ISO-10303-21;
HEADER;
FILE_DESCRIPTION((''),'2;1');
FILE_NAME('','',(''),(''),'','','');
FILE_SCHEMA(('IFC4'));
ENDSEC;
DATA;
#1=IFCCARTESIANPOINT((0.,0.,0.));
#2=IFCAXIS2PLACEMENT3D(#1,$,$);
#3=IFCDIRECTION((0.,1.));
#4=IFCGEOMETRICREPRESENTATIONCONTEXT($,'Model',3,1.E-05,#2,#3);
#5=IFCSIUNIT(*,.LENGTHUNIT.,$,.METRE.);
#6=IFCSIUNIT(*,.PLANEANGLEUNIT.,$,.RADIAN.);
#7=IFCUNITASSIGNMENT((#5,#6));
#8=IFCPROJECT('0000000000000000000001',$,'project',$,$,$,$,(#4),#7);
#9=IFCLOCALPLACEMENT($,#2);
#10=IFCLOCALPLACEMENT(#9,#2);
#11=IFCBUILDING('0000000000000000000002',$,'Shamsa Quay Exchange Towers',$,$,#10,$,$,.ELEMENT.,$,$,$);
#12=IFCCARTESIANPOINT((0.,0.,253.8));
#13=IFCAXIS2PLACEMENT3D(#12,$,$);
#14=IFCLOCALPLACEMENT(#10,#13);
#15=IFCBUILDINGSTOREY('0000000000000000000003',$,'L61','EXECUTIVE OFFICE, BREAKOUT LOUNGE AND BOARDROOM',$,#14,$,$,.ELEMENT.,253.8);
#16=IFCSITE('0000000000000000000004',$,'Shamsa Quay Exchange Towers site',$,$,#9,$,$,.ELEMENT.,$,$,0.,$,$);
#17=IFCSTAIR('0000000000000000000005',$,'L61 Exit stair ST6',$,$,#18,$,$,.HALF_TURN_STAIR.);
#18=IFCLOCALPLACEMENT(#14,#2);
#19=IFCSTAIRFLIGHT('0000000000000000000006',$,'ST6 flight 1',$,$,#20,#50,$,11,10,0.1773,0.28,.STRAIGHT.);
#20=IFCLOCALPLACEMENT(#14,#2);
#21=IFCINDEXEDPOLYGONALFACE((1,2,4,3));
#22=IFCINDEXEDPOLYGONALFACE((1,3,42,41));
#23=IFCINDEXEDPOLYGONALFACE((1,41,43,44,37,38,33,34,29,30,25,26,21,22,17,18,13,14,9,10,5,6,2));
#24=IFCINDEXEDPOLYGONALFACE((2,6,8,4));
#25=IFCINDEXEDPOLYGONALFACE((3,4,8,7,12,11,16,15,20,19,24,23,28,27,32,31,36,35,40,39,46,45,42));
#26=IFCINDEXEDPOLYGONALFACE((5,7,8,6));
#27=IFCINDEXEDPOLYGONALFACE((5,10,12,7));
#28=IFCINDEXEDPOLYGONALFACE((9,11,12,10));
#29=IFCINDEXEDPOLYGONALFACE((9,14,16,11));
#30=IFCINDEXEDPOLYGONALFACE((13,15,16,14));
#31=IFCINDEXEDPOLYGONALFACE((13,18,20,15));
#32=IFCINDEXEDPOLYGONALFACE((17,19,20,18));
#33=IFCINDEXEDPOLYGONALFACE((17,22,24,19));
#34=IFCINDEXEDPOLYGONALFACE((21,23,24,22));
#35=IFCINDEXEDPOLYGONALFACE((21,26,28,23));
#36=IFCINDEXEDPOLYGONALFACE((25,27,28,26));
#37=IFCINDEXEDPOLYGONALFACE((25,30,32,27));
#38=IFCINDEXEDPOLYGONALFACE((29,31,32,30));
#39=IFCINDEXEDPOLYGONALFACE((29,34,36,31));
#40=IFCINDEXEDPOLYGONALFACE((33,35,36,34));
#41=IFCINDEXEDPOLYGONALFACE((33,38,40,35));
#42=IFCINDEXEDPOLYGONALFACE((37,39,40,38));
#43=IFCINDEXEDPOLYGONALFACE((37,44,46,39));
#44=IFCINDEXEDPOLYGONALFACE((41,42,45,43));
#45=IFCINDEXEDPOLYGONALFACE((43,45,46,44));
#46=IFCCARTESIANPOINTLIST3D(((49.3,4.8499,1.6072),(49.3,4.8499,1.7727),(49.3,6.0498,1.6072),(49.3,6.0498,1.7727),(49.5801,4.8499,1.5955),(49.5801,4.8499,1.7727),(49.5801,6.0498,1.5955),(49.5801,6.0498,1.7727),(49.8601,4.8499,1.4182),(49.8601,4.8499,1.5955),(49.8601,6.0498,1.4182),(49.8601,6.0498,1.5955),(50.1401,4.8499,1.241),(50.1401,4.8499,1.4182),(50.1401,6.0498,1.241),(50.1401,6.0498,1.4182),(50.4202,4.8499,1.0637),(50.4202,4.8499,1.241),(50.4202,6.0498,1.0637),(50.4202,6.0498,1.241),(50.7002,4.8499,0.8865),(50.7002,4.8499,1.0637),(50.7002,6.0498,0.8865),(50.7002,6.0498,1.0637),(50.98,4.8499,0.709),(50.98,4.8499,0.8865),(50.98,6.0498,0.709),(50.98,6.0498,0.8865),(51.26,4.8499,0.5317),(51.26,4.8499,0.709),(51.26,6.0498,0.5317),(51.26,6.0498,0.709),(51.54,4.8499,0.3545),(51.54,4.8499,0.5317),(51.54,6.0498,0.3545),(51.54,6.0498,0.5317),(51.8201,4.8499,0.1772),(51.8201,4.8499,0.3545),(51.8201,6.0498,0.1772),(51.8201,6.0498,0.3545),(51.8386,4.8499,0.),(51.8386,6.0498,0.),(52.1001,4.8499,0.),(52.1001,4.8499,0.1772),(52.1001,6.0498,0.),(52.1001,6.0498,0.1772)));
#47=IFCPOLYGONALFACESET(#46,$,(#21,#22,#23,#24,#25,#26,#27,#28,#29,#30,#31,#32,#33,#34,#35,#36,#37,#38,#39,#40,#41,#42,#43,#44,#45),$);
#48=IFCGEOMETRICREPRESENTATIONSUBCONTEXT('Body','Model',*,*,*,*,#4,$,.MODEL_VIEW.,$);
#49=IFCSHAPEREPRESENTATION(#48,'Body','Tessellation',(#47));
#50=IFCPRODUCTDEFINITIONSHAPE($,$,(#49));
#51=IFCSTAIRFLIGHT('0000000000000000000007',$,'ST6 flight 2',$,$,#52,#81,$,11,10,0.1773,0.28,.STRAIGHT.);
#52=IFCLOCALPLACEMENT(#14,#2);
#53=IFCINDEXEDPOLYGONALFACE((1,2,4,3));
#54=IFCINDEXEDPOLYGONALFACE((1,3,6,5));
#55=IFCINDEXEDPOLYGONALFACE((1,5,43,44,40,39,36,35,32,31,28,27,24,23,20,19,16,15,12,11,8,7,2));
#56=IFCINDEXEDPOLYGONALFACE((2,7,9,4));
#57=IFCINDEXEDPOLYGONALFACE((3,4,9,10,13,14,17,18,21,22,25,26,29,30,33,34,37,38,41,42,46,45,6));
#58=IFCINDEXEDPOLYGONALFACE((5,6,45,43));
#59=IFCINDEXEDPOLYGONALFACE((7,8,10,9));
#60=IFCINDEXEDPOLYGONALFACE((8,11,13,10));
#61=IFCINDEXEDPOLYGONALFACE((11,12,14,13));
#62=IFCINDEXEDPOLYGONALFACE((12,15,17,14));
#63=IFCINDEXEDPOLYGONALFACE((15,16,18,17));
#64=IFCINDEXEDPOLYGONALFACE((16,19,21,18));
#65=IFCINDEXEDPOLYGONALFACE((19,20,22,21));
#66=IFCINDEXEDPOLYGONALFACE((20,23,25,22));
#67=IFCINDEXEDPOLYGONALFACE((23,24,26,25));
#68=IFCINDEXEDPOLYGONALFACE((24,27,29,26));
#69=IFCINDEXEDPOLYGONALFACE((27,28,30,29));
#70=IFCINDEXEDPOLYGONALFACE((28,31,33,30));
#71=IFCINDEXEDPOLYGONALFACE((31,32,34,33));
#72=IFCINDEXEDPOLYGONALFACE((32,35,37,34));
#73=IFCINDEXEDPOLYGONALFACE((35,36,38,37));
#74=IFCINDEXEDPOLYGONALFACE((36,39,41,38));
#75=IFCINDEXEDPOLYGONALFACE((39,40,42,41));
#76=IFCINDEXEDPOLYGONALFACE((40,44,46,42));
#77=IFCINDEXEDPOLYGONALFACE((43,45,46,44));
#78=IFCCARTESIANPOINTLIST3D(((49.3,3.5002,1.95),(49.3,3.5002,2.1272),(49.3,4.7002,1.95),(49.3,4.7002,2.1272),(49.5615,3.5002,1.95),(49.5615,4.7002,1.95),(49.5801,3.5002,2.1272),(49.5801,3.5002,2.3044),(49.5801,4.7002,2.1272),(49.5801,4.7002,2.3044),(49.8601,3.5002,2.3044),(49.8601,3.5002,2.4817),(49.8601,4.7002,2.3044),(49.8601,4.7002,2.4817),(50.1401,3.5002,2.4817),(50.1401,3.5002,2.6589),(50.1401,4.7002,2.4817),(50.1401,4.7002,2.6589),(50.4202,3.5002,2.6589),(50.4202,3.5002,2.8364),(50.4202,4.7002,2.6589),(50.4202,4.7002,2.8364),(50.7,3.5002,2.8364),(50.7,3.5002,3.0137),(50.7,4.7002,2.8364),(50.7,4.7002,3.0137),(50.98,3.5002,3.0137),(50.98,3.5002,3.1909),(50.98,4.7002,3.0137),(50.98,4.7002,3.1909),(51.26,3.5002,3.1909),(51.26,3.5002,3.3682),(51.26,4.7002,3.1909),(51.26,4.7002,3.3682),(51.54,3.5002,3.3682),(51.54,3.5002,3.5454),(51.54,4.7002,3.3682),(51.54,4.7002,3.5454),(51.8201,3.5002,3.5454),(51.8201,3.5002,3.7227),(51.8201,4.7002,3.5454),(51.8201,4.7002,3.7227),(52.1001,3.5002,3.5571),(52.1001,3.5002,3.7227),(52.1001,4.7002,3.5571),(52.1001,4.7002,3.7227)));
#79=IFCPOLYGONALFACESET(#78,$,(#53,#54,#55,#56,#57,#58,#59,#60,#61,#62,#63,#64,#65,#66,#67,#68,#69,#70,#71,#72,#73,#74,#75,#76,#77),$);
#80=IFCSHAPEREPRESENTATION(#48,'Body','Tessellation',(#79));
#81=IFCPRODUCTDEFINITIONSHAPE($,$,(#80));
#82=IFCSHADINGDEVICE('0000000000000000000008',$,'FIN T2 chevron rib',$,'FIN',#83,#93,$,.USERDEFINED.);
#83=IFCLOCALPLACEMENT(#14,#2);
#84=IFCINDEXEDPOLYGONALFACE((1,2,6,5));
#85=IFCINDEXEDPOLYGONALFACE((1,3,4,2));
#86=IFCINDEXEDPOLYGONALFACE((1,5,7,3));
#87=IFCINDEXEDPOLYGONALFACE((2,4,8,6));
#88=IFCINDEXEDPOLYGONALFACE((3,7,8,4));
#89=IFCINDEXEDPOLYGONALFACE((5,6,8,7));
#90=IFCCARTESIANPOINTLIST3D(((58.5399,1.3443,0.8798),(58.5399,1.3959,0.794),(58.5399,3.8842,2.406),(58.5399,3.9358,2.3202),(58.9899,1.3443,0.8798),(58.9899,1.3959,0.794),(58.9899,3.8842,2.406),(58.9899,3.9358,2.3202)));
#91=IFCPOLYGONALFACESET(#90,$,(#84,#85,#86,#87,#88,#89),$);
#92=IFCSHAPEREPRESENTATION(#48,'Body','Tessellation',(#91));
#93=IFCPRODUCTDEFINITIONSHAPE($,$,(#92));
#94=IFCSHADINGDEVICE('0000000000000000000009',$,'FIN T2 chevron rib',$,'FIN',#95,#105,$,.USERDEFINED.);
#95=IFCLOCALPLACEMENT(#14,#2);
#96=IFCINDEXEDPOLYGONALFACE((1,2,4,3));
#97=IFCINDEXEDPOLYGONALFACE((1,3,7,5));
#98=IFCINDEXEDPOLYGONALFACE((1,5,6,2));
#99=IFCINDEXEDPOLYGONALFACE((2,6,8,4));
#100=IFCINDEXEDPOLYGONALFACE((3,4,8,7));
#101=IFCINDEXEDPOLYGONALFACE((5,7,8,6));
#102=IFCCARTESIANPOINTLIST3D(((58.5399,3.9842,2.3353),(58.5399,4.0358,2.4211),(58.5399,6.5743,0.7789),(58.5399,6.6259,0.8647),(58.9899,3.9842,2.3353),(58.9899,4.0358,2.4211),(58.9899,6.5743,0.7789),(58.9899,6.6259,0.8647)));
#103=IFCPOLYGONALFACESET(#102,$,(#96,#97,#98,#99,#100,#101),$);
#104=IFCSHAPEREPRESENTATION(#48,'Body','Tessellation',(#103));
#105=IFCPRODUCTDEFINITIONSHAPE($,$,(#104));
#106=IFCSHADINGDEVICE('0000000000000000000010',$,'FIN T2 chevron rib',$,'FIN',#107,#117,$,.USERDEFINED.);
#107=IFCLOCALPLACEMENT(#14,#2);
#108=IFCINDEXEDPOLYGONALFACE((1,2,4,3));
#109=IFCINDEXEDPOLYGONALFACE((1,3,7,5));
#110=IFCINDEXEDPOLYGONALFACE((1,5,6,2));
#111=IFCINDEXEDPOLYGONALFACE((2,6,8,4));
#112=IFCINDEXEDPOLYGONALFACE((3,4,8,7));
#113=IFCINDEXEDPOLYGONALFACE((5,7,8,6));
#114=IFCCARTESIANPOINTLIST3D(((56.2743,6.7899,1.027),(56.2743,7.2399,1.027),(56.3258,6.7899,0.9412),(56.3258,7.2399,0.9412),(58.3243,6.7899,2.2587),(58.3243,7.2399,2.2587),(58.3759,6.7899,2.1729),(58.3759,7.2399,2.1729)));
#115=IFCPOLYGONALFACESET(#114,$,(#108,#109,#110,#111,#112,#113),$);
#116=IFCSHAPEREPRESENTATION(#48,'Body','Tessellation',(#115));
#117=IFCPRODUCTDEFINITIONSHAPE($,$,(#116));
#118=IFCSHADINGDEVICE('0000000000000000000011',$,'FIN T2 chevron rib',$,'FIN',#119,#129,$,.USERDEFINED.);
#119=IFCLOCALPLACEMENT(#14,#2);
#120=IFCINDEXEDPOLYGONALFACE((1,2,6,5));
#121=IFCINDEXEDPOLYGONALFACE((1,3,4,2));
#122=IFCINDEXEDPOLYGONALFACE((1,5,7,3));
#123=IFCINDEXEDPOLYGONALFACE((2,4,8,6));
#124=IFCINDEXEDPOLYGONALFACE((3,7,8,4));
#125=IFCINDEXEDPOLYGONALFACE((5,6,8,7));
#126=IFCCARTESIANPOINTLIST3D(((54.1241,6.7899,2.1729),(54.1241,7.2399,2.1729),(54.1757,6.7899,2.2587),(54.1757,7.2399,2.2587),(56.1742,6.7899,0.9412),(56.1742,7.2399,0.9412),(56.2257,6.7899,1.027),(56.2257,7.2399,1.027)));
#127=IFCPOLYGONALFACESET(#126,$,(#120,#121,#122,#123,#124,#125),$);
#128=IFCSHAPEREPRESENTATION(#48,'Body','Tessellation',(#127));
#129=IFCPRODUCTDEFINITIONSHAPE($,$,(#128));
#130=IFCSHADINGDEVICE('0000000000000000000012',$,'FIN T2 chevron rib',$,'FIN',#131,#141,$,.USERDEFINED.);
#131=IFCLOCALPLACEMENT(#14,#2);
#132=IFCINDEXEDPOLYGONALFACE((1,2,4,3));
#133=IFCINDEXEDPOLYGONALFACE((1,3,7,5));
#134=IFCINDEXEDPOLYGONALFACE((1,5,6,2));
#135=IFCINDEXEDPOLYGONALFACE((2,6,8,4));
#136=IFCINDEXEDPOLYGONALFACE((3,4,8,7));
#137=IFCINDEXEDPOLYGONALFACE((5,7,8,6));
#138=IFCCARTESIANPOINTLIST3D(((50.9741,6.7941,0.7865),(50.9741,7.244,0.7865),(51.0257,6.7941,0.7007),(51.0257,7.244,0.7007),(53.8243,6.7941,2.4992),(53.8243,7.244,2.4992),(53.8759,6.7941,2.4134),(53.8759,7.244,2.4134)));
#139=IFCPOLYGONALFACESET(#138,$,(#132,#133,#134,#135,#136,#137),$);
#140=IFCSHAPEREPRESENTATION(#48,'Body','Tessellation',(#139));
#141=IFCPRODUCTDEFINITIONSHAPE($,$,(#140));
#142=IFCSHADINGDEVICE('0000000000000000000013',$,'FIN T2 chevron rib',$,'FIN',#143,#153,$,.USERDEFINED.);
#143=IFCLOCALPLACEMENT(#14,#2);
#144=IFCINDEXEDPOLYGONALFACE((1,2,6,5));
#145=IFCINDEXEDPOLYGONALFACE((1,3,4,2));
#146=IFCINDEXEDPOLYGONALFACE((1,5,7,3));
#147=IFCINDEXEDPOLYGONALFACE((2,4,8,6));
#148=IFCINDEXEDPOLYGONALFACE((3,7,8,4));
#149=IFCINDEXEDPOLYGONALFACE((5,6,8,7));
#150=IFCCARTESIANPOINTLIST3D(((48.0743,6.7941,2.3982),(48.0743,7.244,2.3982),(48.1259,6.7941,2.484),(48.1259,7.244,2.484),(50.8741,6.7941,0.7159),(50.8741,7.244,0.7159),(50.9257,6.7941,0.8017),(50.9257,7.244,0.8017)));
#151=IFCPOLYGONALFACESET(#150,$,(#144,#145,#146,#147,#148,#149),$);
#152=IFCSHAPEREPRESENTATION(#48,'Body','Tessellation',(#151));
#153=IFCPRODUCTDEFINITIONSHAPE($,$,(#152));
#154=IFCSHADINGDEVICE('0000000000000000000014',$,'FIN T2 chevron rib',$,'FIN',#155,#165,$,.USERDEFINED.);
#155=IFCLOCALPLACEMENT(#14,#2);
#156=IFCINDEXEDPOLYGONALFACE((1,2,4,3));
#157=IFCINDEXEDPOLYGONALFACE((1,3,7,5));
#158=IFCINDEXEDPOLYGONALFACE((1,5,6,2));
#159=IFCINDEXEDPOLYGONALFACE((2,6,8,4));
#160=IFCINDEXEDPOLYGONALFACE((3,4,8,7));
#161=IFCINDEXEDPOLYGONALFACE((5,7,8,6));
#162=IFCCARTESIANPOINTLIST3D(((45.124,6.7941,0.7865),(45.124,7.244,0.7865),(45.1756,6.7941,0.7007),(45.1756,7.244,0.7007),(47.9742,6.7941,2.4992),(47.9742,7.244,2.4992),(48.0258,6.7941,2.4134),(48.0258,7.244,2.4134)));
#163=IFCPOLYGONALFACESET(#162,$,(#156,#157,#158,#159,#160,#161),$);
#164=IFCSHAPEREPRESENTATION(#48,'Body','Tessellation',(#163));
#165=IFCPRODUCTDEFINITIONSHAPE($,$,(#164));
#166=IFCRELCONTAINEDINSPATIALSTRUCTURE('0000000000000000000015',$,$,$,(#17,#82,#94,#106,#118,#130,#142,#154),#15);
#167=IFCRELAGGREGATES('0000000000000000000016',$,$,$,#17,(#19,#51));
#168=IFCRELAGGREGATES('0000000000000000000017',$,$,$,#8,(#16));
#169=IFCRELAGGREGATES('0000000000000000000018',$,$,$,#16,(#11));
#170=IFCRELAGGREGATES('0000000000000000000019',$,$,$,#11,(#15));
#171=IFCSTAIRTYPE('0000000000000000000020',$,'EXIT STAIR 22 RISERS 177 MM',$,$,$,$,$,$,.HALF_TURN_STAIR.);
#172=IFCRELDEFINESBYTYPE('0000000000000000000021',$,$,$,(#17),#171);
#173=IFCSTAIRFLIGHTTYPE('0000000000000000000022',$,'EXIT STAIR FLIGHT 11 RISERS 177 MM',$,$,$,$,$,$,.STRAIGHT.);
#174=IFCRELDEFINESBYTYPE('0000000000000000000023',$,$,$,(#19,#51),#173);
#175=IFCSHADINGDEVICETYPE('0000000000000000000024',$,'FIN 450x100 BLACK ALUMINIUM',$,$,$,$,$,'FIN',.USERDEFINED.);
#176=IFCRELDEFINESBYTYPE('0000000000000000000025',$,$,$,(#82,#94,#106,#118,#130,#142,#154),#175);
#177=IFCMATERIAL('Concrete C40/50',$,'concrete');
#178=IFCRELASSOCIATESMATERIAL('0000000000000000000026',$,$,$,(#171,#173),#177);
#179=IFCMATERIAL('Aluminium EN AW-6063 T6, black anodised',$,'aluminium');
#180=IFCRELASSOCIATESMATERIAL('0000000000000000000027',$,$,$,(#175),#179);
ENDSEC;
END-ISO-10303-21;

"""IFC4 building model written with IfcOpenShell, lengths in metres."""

from ifc_helpers import new_model, si_unit, direction, frame, origin, origin_2d, place, context, subcontext, project, spatial, polyline, rectangle, outline, extrude, material, material_profile, profile_set, type_object, element, aggregate, save


model = new_model("IFC4")

# Units and contexts
model_context = context("Model", 3, precision=1e-05, world=origin(), true_north=direction((0.0, 1.0)))
body_context = subcontext(model_context, "Body", "Model", "MODEL_VIEW")
ifc_project = project(units=[si_unit("LENGTHUNIT", "METRE"), si_unit("PLANEANGLEUNIT", "RADIAN")], contexts=[model_context])

# Site, building, storey
site_placement = place(None, origin())
site = spatial("IfcSite", under=ifc_project, at=site_placement, Name="Shamsa Quay Exchange Towers site", CompositionType="ELEMENT", RefElevation=0.0)
building_placement = place(site_placement, origin())
building = spatial("IfcBuilding", under=site, at=building_placement, Name="Shamsa Quay Exchange Towers", CompositionType="ELEMENT")
storey_placement = place(building_placement, frame((0.0, 0.0, 253.8)))
storey = spatial("IfcBuildingStorey", under=building, at=storey_placement, Name="L61", Description="EXECUTIVE OFFICE, BREAKOUT LOUNGE AND BOARDROOM", CompositionType="ELEMENT", Elevation=253.8)

# Shared definitions
ifc_material_1 = material(Name="Aluminium EN AW-6063 T6, black anodised", Category="aluminium")

# Stair, stair flights
ifc_material_2 = material(Name="Concrete C40/50", Category="concrete")
stair_type = type_object("IfcStairType", Name="EXIT STAIR 22 RISERS 177 MM", PredefinedType="HALF_TURN_STAIR", material=ifc_material_2)
stair_placement = place(storey_placement, origin())
stair = element("IfcStair", 1, at=stair_placement, inside=storey, type_object=stair_type, Name="L61 Exit stair ST6", PredefinedType="HALF_TURN_STAIR")
stair_flight_type = type_object("IfcStairFlightType", Name="EXIT STAIR FLIGHT 11 RISERS 177 MM", PredefinedType="STRAIGHT", material=ifc_material_2)
stair_flight_1_placement = place(storey_placement, frame((52.1001, 5.45, 0.0), z_axis=(0.0, 0.0, 1.0), x_axis=(-1.0, 0.0, 0.0)))
stair_flight_1 = element("IfcStairFlight", 2, at=stair_flight_1_placement, type_object=stair_flight_type, Name="ST6 flight 1", NumberOfRisers=11, NumberOfTreads=10, PredefinedType="STRAIGHT", RiserHeight=0.1773, TreadLength=0.28, context=body_context, shape_type="SweptSolid", body=[
    extrude(outline(polyline([(0.0, 0.0), (0.0, 0.1772), (0.28, 0.1772), (0.28, 0.3545), (0.5601, 0.3545), (0.5601, 0.5317), (0.8401, 0.5317), (0.8401, 0.709), (1.1201, 0.709), (1.1201, 0.8865), (1.3999, 0.8865), (1.3999, 1.0637), (1.6799, 1.0637), (1.6799, 1.241), (1.96, 1.241), (1.96, 1.4182), (2.24, 1.4182), (2.24, 1.5955), (2.52, 1.5955), (2.52, 1.7727), (2.8, 1.7727), (2.8, 1.95), (2.8, 1.6072), (0.2615, 0.0), (0.0, 0.0)])), frame((0.0, 0.6001, 0.0), z_axis=(0.0, -1.0, 0.0), x_axis=(1.0, 0.0, 0.0)), (0.0, 0.0, 1.0), 1.2),
])
stair_flight_2_placement = place(storey_placement, frame((49.3, 4.1001, 1.95)))
stair_flight_2 = element("IfcStairFlight", 3, at=stair_flight_2_placement, type_object=stair_flight_type, Name="ST6 flight 2", NumberOfRisers=11, NumberOfTreads=10, PredefinedType="STRAIGHT", RiserHeight=0.1773, TreadLength=0.28, context=body_context, shape_type="SweptSolid", body=[
    extrude(outline(polyline([(0.0, 0.0), (0.0, 0.1772), (0.28, 0.1772), (0.28, 0.3545), (0.5601, 0.3545), (0.5601, 0.5317), (0.8401, 0.5317), (0.8401, 0.709), (1.1201, 0.709), (1.1201, 0.8865), (1.3999, 0.8865), (1.3999, 1.0637), (1.6799, 1.0637), (1.6799, 1.241), (1.96, 1.241), (1.96, 1.4182), (2.24, 1.4182), (2.24, 1.5955), (2.52, 1.5955), (2.52, 1.7727), (2.8, 1.7727), (2.8, 1.95), (2.8, 1.6072), (0.2615, 0.0), (0.0, 0.0)])), frame((0.0, 0.6001, 0.0), z_axis=(0.0, -1.0, 0.0), x_axis=(1.0, 0.0, 0.0)), (0.0, 0.0, 1.0), 1.2),
])
aggregate(stair, [stair_flight_1, stair_flight_2])

# Shading devices
ifc_material_profile_1 = material_profile(ifc_material_1, rectangle(XDim=0.45, YDim=0.1001, at=origin_2d()), Name="FIN450x100")
ifc_profile_set_1 = profile_set([ifc_material_profile_1], Name="Aluminium EN AW-6063 T6, black anodised")
shading_device_type = type_object("IfcShadingDeviceType", Name="FIN 450x100 BLACK ALUMINIUM", ElementType="FIN", PredefinedType="USERDEFINED", material=ifc_profile_set_1)
shading_device_1_placement = place(storey_placement, frame((58.7649, 1.3701, 0.8369), z_axis=(0.0, 0.857158, 0.515053), x_axis=(-1.0, 0.0, 0.0)))
element("IfcShadingDevice", 4, at=shading_device_1_placement, inside=storey, type_object=shading_device_type, Name="FIN T2 chevron rib", ObjectType="FIN", PredefinedType="USERDEFINED", context=body_context, shape_type="SweptSolid", body=[
    extrude(rectangle(XDim=0.45, YDim=0.1001, at=origin_2d()), origin(), (0.0, 0.0, 1.0), 2.9631),
])
shading_device_2_placement = place(storey_placement, frame((58.7649, 4.01, 2.3782), z_axis=(0.0, 0.857151, -0.515066), x_axis=(-1.0, 0.0, 0.0)))
element("IfcShadingDevice", 5, at=shading_device_2_placement, inside=storey, type_object=shading_device_type, Name="FIN T2 chevron rib", ObjectType="FIN", PredefinedType="USERDEFINED", context=body_context, shape_type="SweptSolid", body=[
    extrude(rectangle(XDim=0.45, YDim=0.1001, at=origin_2d()), origin(), (0.0, 0.0, 1.0), 3.0217),
])
for number, where, z_axis, x_axis, name in (
    (6, (58.3501, 7.0149, 2.2158), (-0.857187, 0.0, -0.515006), (0.0, -1.0, 0.0), "FIN T2 chevron rib"),
    (7, (56.2, 7.0149, 0.9841), (-0.857187, 0.0, 0.515006), (0.0, -1.0, 0.0), "FIN T2 chevron rib"),
):
    element("IfcShadingDevice", number, at=place(storey_placement, frame(where, z_axis=z_axis, x_axis=x_axis)), inside=storey, type_object=shading_device_type, Name=name, ObjectType="FIN", PredefinedType="USERDEFINED", context=body_context, shape_type="SweptSolid", body=[
        extrude(rectangle(XDim=0.45, YDim=0.1001, at=origin_2d()), origin(), (0.0, 0.0, 1.0), 2.3916),
    ])
shading_device_3_placement = place(storey_placement, frame((53.8501, 7.019, 2.4563), z_axis=(-0.857149, 0.0, -0.515068), x_axis=(0.0, -1.0, 0.0)))
element("IfcShadingDevice", 8, at=shading_device_3_placement, inside=storey, type_object=shading_device_type, Name="FIN T2 chevron rib", ObjectType="FIN", PredefinedType="USERDEFINED", context=body_context, shape_type="SweptSolid", body=[
    extrude(rectangle(XDim=0.45, YDim=0.1001, at=origin_2d()), origin(), (0.0, 0.0, 1.0), 3.3252),
])
shading_device_4_placement = place(storey_placement, frame((50.8999, 7.019, 0.7588), z_axis=(-0.857156, 0.0, 0.515056), x_axis=(0.0, -1.0, 0.0)))
element("IfcShadingDevice", 9, at=shading_device_4_placement, inside=storey, type_object=shading_device_type, Name="FIN T2 chevron rib", ObjectType="FIN", PredefinedType="USERDEFINED", context=body_context, shape_type="SweptSolid", body=[
    extrude(rectangle(XDim=0.45, YDim=0.1001, at=origin_2d()), origin(), (0.0, 0.0, 1.0), 3.2664),
])
shading_device_5_placement = place(storey_placement, frame((48.0, 7.019, 2.4563), z_axis=(-0.857149, 0.0, -0.515068), x_axis=(0.0, -1.0, 0.0)))
element("IfcShadingDevice", 10, at=shading_device_5_placement, inside=storey, type_object=shading_device_type, Name="FIN T2 chevron rib", ObjectType="FIN", PredefinedType="USERDEFINED", context=body_context, shape_type="SweptSolid", body=[
    extrude(rectangle(XDim=0.45, YDim=0.1001, at=origin_2d()), origin(), (0.0, 0.0, 1.0), 3.3252),
])

save(model, "model.ifc")
